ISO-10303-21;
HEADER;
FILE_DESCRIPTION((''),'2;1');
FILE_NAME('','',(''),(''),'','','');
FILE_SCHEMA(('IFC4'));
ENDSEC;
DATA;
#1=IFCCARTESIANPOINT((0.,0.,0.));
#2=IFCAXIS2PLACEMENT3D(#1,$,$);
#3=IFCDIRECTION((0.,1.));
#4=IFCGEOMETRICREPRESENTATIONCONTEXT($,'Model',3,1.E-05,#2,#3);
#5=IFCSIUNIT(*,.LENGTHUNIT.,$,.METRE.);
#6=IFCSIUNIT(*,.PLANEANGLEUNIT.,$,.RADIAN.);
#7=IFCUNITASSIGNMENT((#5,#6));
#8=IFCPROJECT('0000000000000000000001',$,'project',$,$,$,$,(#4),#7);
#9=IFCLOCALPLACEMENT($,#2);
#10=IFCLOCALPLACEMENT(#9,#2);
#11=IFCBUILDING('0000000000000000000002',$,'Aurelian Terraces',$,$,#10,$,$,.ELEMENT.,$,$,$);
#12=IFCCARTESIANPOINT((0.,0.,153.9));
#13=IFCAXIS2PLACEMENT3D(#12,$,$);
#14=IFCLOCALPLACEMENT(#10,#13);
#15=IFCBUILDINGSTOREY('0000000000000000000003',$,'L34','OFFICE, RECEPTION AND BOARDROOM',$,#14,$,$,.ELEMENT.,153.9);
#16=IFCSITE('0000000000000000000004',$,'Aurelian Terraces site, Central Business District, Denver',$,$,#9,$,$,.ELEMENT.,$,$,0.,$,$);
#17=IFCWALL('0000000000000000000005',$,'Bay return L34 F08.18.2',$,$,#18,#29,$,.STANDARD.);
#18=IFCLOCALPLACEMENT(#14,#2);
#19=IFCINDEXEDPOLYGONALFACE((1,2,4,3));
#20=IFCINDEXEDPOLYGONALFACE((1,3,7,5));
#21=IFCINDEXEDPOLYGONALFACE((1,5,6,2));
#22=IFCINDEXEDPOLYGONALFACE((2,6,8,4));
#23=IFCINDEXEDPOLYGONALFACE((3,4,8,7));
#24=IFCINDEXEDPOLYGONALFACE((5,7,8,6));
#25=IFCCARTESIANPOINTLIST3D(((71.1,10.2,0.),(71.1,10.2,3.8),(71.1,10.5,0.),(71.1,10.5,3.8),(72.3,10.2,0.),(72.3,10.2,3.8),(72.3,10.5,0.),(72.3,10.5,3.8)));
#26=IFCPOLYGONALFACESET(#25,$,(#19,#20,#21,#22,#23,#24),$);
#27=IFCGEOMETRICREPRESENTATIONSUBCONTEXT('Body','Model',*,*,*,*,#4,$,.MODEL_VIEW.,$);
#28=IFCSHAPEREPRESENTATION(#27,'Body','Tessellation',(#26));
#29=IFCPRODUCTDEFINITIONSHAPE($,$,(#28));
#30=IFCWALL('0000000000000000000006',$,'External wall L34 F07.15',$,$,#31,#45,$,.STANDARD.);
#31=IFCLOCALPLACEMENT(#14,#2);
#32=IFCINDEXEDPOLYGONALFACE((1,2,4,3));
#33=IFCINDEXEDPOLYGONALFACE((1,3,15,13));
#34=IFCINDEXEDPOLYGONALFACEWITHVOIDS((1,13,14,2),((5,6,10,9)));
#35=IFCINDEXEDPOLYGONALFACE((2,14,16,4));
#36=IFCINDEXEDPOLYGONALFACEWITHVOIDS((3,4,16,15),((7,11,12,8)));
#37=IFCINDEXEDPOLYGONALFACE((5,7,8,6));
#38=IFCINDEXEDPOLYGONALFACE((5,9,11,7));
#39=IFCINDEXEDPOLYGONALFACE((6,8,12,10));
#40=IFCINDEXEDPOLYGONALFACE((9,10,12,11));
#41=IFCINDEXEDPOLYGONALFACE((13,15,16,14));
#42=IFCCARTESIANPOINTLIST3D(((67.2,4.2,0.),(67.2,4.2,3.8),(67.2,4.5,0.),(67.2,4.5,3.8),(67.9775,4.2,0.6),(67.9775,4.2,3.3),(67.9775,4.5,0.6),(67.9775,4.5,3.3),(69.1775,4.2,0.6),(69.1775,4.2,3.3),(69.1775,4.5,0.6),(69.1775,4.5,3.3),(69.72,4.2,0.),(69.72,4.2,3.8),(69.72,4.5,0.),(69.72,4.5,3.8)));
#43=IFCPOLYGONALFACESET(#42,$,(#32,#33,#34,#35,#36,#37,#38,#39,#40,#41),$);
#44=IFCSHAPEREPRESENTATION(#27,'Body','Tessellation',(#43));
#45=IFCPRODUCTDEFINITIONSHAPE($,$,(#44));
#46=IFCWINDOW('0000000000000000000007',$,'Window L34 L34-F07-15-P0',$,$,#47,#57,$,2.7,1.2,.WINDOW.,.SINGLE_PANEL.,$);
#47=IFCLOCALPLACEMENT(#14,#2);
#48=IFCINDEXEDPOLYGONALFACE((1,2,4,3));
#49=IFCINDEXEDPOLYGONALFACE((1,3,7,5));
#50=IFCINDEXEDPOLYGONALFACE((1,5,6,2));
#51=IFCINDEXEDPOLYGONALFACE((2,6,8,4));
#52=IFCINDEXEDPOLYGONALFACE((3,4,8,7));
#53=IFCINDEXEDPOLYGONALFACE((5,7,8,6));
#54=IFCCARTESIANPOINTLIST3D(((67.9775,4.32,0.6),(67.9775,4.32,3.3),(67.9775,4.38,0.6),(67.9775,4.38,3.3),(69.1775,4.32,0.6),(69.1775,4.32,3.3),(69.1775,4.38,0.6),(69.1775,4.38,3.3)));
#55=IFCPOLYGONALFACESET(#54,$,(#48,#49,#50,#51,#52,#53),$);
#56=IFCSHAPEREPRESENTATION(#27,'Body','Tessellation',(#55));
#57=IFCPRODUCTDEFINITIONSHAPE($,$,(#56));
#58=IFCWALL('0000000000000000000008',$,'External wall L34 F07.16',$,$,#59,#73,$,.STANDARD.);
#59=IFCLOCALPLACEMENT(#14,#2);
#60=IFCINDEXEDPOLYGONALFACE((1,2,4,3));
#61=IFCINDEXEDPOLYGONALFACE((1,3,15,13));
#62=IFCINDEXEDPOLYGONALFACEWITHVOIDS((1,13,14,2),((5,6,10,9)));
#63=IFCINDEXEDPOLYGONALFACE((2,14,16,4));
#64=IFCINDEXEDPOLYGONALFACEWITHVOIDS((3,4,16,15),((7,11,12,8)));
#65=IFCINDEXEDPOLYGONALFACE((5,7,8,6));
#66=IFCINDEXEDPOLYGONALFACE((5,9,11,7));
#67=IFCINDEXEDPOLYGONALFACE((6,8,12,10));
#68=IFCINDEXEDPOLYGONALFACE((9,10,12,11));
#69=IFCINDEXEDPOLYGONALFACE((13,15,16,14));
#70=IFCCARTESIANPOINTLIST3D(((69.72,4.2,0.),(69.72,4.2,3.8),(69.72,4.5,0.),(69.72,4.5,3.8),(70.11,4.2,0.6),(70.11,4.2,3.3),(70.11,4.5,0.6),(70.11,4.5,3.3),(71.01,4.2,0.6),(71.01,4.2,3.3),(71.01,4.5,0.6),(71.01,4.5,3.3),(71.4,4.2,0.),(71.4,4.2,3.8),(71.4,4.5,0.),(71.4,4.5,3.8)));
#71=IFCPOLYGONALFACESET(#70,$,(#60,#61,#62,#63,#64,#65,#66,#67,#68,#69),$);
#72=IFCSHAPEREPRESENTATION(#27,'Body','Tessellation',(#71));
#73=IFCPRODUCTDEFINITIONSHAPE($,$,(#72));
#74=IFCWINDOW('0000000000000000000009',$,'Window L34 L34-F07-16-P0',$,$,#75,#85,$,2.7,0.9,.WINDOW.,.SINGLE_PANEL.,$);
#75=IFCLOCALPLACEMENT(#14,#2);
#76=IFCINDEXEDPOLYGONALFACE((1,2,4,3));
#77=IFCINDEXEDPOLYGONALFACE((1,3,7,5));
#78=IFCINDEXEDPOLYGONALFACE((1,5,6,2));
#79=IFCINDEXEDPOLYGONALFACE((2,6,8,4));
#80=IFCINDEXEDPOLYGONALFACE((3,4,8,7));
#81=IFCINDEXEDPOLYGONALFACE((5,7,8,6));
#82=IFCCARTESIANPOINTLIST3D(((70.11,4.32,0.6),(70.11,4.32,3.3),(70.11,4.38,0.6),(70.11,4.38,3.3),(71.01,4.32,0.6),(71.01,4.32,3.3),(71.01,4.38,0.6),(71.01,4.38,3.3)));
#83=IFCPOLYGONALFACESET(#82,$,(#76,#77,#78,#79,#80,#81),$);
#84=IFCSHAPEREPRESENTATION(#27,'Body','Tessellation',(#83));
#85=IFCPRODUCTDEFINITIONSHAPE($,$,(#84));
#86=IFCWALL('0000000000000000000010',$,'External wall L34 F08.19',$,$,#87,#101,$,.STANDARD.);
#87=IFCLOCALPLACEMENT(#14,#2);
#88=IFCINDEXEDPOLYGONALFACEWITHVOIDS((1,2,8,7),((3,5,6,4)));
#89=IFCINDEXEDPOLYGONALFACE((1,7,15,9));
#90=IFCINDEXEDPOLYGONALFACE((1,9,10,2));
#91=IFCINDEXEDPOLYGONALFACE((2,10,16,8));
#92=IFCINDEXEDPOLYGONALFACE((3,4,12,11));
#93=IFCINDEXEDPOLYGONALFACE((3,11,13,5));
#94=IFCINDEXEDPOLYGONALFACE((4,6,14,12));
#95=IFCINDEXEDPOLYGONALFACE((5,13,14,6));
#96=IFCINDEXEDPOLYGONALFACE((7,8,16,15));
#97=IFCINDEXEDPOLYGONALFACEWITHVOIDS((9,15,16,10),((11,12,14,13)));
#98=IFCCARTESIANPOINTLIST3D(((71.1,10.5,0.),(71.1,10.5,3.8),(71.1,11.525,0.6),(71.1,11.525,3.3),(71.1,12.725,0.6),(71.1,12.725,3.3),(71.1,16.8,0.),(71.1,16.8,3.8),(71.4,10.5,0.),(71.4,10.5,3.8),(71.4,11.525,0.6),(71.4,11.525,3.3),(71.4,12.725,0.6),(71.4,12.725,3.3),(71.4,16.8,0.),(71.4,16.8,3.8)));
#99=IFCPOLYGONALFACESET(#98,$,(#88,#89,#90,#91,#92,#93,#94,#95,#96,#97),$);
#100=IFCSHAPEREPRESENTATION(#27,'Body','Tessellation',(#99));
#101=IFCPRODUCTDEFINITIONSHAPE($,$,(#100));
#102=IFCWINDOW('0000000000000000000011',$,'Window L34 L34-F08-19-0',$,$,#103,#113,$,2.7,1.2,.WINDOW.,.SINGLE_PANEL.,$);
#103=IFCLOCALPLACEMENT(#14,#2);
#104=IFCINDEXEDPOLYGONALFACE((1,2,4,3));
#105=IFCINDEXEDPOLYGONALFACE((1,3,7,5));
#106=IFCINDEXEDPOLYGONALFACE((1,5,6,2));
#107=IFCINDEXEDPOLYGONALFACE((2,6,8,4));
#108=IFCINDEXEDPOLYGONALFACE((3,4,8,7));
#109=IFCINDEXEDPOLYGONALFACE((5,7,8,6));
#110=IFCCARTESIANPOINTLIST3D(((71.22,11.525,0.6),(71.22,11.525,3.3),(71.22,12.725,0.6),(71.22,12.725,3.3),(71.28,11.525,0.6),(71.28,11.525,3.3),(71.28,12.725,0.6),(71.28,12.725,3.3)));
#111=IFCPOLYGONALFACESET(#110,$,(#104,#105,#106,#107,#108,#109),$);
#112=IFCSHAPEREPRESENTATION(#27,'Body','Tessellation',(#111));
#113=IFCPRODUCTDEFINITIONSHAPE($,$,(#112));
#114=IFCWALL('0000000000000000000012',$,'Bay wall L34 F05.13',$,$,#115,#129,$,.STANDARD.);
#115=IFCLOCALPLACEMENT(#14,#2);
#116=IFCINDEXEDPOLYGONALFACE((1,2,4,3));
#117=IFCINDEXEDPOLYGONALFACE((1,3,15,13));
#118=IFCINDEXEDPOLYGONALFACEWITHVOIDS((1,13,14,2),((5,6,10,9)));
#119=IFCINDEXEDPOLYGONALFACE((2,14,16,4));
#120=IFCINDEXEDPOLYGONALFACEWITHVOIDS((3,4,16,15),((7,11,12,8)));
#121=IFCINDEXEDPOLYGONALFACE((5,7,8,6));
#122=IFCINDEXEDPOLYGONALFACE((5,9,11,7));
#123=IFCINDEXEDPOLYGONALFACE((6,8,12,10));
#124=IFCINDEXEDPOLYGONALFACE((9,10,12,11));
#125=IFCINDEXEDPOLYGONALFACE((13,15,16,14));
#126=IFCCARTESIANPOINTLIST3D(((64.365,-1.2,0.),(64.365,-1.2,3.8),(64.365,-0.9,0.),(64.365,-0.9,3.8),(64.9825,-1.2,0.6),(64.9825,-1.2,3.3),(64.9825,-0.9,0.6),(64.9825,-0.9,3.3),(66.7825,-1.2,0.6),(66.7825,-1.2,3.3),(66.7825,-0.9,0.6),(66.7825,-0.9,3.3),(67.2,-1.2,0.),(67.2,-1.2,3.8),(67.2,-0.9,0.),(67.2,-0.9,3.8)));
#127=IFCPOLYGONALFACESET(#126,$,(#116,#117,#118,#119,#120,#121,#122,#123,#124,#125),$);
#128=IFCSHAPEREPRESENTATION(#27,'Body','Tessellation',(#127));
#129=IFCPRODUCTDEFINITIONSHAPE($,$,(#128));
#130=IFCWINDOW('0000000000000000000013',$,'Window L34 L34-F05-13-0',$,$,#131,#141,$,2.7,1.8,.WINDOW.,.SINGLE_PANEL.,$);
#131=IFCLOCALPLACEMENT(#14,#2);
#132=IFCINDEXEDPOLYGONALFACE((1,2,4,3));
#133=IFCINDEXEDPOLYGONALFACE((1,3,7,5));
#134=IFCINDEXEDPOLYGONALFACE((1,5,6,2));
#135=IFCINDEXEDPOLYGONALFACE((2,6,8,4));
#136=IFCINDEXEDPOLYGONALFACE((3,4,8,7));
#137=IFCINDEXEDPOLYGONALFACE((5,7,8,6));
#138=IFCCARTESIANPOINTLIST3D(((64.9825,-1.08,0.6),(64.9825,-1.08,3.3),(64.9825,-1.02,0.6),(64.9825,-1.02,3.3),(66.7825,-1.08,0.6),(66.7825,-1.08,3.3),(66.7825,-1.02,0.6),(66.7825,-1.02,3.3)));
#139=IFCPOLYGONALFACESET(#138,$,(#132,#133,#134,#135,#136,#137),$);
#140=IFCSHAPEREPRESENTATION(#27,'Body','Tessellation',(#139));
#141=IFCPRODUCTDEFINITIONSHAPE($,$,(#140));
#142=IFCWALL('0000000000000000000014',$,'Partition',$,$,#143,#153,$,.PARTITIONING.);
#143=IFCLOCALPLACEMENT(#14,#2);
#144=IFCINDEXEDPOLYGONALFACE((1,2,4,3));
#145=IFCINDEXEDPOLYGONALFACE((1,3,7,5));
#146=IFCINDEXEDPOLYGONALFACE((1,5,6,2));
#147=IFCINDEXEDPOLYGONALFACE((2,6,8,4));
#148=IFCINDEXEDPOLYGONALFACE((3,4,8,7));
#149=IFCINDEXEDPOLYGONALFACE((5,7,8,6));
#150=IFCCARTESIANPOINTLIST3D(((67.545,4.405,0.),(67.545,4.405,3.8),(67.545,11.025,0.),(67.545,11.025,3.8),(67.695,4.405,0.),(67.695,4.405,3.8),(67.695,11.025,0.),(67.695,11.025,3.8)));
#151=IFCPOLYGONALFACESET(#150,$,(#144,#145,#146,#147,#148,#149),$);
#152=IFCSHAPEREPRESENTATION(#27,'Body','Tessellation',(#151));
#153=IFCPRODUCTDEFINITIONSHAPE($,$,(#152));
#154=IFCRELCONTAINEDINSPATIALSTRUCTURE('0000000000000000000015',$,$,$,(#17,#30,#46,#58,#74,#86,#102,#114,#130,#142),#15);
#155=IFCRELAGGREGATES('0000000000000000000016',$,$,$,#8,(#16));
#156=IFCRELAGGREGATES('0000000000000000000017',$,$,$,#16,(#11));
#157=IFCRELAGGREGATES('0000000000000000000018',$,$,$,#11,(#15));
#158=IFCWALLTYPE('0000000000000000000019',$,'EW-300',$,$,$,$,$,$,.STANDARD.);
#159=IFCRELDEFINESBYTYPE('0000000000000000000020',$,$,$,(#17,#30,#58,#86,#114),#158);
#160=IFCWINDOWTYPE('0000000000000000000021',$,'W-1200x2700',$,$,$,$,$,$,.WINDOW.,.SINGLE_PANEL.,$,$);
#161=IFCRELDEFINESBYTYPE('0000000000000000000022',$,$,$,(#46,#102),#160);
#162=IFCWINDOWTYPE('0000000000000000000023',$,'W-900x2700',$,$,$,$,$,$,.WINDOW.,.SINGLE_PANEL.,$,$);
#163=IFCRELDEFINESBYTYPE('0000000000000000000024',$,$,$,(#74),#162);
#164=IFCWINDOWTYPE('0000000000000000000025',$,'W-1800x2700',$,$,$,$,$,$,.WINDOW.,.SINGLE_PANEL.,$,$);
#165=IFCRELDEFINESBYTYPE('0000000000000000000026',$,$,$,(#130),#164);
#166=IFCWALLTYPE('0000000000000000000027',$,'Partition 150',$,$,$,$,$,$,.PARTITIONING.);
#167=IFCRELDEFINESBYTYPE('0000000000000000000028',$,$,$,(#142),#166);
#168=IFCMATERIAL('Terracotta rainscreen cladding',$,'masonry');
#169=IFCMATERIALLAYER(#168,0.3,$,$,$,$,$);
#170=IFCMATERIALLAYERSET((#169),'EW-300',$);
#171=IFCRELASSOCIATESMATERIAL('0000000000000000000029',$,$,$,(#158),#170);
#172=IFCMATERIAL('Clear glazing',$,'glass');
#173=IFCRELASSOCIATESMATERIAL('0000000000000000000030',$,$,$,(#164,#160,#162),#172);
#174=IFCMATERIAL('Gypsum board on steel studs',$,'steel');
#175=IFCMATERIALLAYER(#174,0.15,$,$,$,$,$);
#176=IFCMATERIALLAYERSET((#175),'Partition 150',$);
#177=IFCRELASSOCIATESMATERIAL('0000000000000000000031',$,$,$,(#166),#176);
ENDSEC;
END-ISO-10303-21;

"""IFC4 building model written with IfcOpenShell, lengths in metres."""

from ifc_helpers import new_model, si_unit, direction, frame, frame_2d, origin, place, context, subcontext, project, spatial, rectangle, extrude, source, transform, mapped, material, layer, layer_set, type_object, element, fill, save


model = new_model("IFC4")

# Units and contexts
model_context = context("Model", 3, precision=1e-05, world=origin(), true_north=direction((0.0, 1.0)))
body_context = subcontext(model_context, "Body", "Model", "MODEL_VIEW")
ifc_project = project(units=[si_unit("LENGTHUNIT", "METRE"), si_unit("PLANEANGLEUNIT", "RADIAN")], contexts=[model_context])

# Site, building, storey
site_placement = place(None, origin())
site = spatial("IfcSite", under=ifc_project, at=site_placement, Name="Aurelian Terraces site, Central Business District, Denver", CompositionType="ELEMENT", RefElevation=0.0)
building_placement = place(site_placement, origin())
building = spatial("IfcBuilding", under=site, at=building_placement, Name="Aurelian Terraces", CompositionType="ELEMENT")
storey_placement = place(building_placement, frame((0.0, 0.0, 153.9)))
storey = spatial("IfcBuildingStorey", under=building, at=storey_placement, Name="L34", Description="OFFICE, RECEPTION AND BOARDROOM", CompositionType="ELEMENT", Elevation=153.9)

# Shared definitions
ifc_material_1 = material(Name="Terracotta rainscreen cladding", Category="masonry")
ifc_layer_1 = layer(ifc_material_1, 0.3)
ifc_layer_set_1 = layer_set([ifc_layer_1], Name="EW-300")
wall_type_1 = type_object("IfcWallType", Name="EW-300", PredefinedType="STANDARD", material=ifc_layer_set_1)
shared_shape_1 = source(origin(), body_context, "Body", "SweptSolid", [
    extrude(rectangle(XDim=1.8, YDim=2.7, at=frame_2d((0.9, 1.35))), frame((0.0, 0.16, 0.0), z_axis=(0.0, -1.0, 0.0), x_axis=(1.0, 0.0, 0.0)), (0.0, 0.0, 1.0), 0.32),
])
ifc_material_2 = material(Name="Clear glazing", Category="glass")
window_type_1 = type_object("IfcWindowType", Name="W-1800x2700", PartitioningType="SINGLE_PANEL", PredefinedType="WINDOW", material=ifc_material_2)
shared_shape_2 = source(origin(), body_context, "Body", "SweptSolid", [
    extrude(rectangle(XDim=1.8, YDim=2.7, at=frame_2d((0.9, 1.35))), frame((0.0, 0.03, 0.0), z_axis=(0.0, -1.0, 0.0), x_axis=(1.0, 0.0, 0.0)), (0.0, 0.0, 1.0), 0.06),
])

# Wall
shared_shape_3 = source(origin(), body_context, "Body", "SweptSolid", [
    extrude(rectangle(XDim=1.2, YDim=0.3, at=frame_2d((0.6, 0.0))), origin(), (0.0, 0.0, 1.0), 3.8),
])
for number, where, z_axis, x_axis, name in (
    (1, (71.1, 10.35, 0.0), (0.0, 0.0, 1.0), (1.0, 0.0, 0.0), "Bay return L34 F08.18.2"),
):
    element("IfcWall", number, at=place(storey_placement, frame(where, z_axis=z_axis, x_axis=x_axis)), inside=storey, type_object=wall_type_1, Name=name, PredefinedType="STANDARD", context=body_context, shape_type="MappedRepresentation", body=[
        mapped(shared_shape_3, transform((0.0, 0.0, 0.0), scale=1.0)),
    ])

# Walls, openings, windows
shared_shape_4 = source(origin(), body_context, "Body", "SweptSolid", [
    extrude(rectangle(XDim=2.52, YDim=0.3, at=frame_2d((1.26, 0.0))), origin(), (0.0, 0.0, 1.0), 3.8),
])
wall_1_placement = place(storey_placement, frame((67.2, 4.35, 0.0), z_axis=(0.0, 0.0, 1.0), x_axis=(1.0, 0.0, 0.0)))
wall_1 = element("IfcWall", 2, at=wall_1_placement, inside=storey, type_object=wall_type_1, Name="External wall L34 F07.15", PredefinedType="STANDARD", context=body_context, shape_type="MappedRepresentation", body=[
    mapped(shared_shape_4, transform((0.0, 0.0, 0.0), scale=1.0)),
])
shared_shape_5 = source(origin(), body_context, "Body", "SweptSolid", [
    extrude(rectangle(XDim=1.2, YDim=2.7, at=frame_2d((0.6, 1.35))), frame((0.0, 0.16, 0.0), z_axis=(0.0, -1.0, 0.0), x_axis=(1.0, 0.0, 0.0)), (0.0, 0.0, 1.0), 0.32),
])
opening_1_placement = place(wall_1_placement, frame((0.7775, 0.0, 0.6)))
opening_1 = element("IfcOpeningElement", 3, at=opening_1_placement, cuts=wall_1, PredefinedType="OPENING", context=body_context, shape_type="MappedRepresentation", body=[
    mapped(shared_shape_5, transform((0.0, 0.0, 0.0), scale=1.0)),
])
window_type_2 = type_object("IfcWindowType", Name="W-1200x2700", PartitioningType="SINGLE_PANEL", PredefinedType="WINDOW", material=ifc_material_2)
shared_shape_6 = source(origin(), body_context, "Body", "SweptSolid", [
    extrude(rectangle(XDim=1.2, YDim=2.7, at=frame_2d((0.6, 1.35))), frame((0.0, 0.03, 0.0), z_axis=(0.0, -1.0, 0.0), x_axis=(1.0, 0.0, 0.0)), (0.0, 0.0, 1.0), 0.06),
])
window_1_placement = place(opening_1_placement, origin())
window_1 = element("IfcWindow", 4, at=window_1_placement, inside=storey, type_object=window_type_2, Name="Window L34 L34-F07-15-P0", OverallHeight=2.7, OverallWidth=1.2, PartitioningType="SINGLE_PANEL", PredefinedType="WINDOW", context=body_context, shape_type="MappedRepresentation", body=[
    mapped(shared_shape_6, transform((0.0, 0.0, 0.0), scale=1.0)),
])
fill(opening_1, window_1)
shared_shape_7 = source(origin(), body_context, "Body", "SweptSolid", [
    extrude(rectangle(XDim=1.68, YDim=0.3, at=frame_2d((0.84, 0.0))), origin(), (0.0, 0.0, 1.0), 3.8),
])
wall_2_placement = place(storey_placement, frame((69.72, 4.35, 0.0), z_axis=(0.0, 0.0, 1.0), x_axis=(1.0, 0.0, 0.0)))
wall_2 = element("IfcWall", 5, at=wall_2_placement, inside=storey, type_object=wall_type_1, Name="External wall L34 F07.16", PredefinedType="STANDARD", context=body_context, shape_type="MappedRepresentation", body=[
    mapped(shared_shape_7, transform((0.0, 0.0, 0.0), scale=1.0)),
])
shared_shape_8 = source(origin(), body_context, "Body", "SweptSolid", [
    extrude(rectangle(XDim=0.9, YDim=2.7, at=frame_2d((0.45, 1.35))), frame((0.0, 0.16, 0.0), z_axis=(0.0, -1.0, 0.0), x_axis=(1.0, 0.0, 0.0)), (0.0, 0.0, 1.0), 0.32),
])
opening_2_placement = place(wall_2_placement, frame((0.39, 0.0, 0.6)))
opening_2 = element("IfcOpeningElement", 6, at=opening_2_placement, cuts=wall_2, PredefinedType="OPENING", context=body_context, shape_type="MappedRepresentation", body=[
    mapped(shared_shape_8, transform((0.0, 0.0, 0.0), scale=1.0)),
])
window_type_3 = type_object("IfcWindowType", Name="W-900x2700", PartitioningType="SINGLE_PANEL", PredefinedType="WINDOW", material=ifc_material_2)
shared_shape_9 = source(origin(), body_context, "Body", "SweptSolid", [
    extrude(rectangle(XDim=0.9, YDim=2.7, at=frame_2d((0.45, 1.35))), frame((0.0, 0.03, 0.0), z_axis=(0.0, -1.0, 0.0), x_axis=(1.0, 0.0, 0.0)), (0.0, 0.0, 1.0), 0.06),
])
window_2_placement = place(opening_2_placement, origin())
window_2 = element("IfcWindow", 7, at=window_2_placement, inside=storey, type_object=window_type_3, Name="Window L34 L34-F07-16-P0", OverallHeight=2.7, OverallWidth=0.9, PartitioningType="SINGLE_PANEL", PredefinedType="WINDOW", context=body_context, shape_type="MappedRepresentation", body=[
    mapped(shared_shape_9, transform((0.0, 0.0, 0.0), scale=1.0)),
])
fill(opening_2, window_2)
shared_shape_10 = source(origin(), body_context, "Body", "SweptSolid", [
    extrude(rectangle(XDim=6.3, YDim=0.3, at=frame_2d((3.15, 0.0))), origin(), (0.0, 0.0, 1.0), 3.8),
])
wall_3_placement = place(storey_placement, frame((71.25, 10.5, 0.0), z_axis=(0.0, 0.0, 1.0), x_axis=(0.0, 1.0, 0.0)))
wall_3 = element("IfcWall", 8, at=wall_3_placement, inside=storey, type_object=wall_type_1, Name="External wall L34 F08.19", PredefinedType="STANDARD", context=body_context, shape_type="MappedRepresentation", body=[
    mapped(shared_shape_10, transform((0.0, 0.0, 0.0), scale=1.0)),
])
opening_3_placement = place(wall_3_placement, frame((1.025, 0.0, 0.6)))
opening_3 = element("IfcOpeningElement", 9, at=opening_3_placement, cuts=wall_3, PredefinedType="OPENING", context=body_context, shape_type="MappedRepresentation", body=[
    mapped(shared_shape_5, transform((0.0, 0.0, 0.0), scale=1.0)),
])
window_3_placement = place(opening_3_placement, origin())
window_3 = element("IfcWindow", 10, at=window_3_placement, inside=storey, type_object=window_type_2, Name="Window L34 L34-F08-19-0", OverallHeight=2.7, OverallWidth=1.2, PartitioningType="SINGLE_PANEL", PredefinedType="WINDOW", context=body_context, shape_type="MappedRepresentation", body=[
    mapped(shared_shape_6, transform((0.0, 0.0, 0.0), scale=1.0)),
])
fill(opening_3, window_3)
shared_shape_11 = source(origin(), body_context, "Body", "SweptSolid", [
    extrude(rectangle(XDim=2.835, YDim=0.3, at=frame_2d((1.4175, 0.0))), origin(), (0.0, 0.0, 1.0), 3.8),
])
wall_4_placement = place(storey_placement, frame((64.365, -1.05, 0.0), z_axis=(0.0, 0.0, 1.0), x_axis=(1.0, 0.0, 0.0)))
wall_4 = element("IfcWall", 11, at=wall_4_placement, inside=storey, type_object=wall_type_1, Name="Bay wall L34 F05.13", PredefinedType="STANDARD", context=body_context, shape_type="MappedRepresentation", body=[
    mapped(shared_shape_11, transform((0.0, 0.0, 0.0), scale=1.0)),
])
opening_4_placement = place(wall_4_placement, frame((0.6175, 0.0, 0.6)))
opening_4 = element("IfcOpeningElement", 12, at=opening_4_placement, cuts=wall_4, PredefinedType="OPENING", context=body_context, shape_type="MappedRepresentation", body=[
    mapped(shared_shape_1, transform((0.0, 0.0, 0.0), scale=1.0)),
])
window_4_placement = place(opening_4_placement, origin())
window_4 = element("IfcWindow", 13, at=window_4_placement, inside=storey, type_object=window_type_1, Name="Window L34 L34-F05-13-0", OverallHeight=2.7, OverallWidth=1.8, PartitioningType="SINGLE_PANEL", PredefinedType="WINDOW", context=body_context, shape_type="MappedRepresentation", body=[
    mapped(shared_shape_2, transform((0.0, 0.0, 0.0), scale=1.0)),
])
fill(opening_4, window_4)

# Wall
ifc_material_3 = material(Name="Gypsum board on steel studs", Category="steel")
ifc_layer_2 = layer(ifc_material_3, 0.15)
ifc_layer_set_2 = layer_set([ifc_layer_2], Name="Partition 150")
wall_type_2 = type_object("IfcWallType", Name="Partition 150", PredefinedType="PARTITIONING", material=ifc_layer_set_2)
shared_shape_12 = source(origin(), body_context, "Body", "SweptSolid", [
    extrude(rectangle(XDim=6.62, YDim=0.15, at=frame_2d((3.31, 0.0))), origin(), (0.0, 0.0, 1.0), 3.8),
])
wall_5_placement = place(storey_placement, frame((67.62, 4.405, 0.0), z_axis=(0.0, 0.0, 1.0), x_axis=(0.0, 1.0, 0.0)))
element("IfcWall", 14, at=wall_5_placement, inside=storey, type_object=wall_type_2, Name="Partition", PredefinedType="PARTITIONING", context=body_context, shape_type="MappedRepresentation", body=[
    mapped(shared_shape_12, transform((0.0, 0.0, 0.0), scale=1.0)),
])

save(model, "model.ifc")
